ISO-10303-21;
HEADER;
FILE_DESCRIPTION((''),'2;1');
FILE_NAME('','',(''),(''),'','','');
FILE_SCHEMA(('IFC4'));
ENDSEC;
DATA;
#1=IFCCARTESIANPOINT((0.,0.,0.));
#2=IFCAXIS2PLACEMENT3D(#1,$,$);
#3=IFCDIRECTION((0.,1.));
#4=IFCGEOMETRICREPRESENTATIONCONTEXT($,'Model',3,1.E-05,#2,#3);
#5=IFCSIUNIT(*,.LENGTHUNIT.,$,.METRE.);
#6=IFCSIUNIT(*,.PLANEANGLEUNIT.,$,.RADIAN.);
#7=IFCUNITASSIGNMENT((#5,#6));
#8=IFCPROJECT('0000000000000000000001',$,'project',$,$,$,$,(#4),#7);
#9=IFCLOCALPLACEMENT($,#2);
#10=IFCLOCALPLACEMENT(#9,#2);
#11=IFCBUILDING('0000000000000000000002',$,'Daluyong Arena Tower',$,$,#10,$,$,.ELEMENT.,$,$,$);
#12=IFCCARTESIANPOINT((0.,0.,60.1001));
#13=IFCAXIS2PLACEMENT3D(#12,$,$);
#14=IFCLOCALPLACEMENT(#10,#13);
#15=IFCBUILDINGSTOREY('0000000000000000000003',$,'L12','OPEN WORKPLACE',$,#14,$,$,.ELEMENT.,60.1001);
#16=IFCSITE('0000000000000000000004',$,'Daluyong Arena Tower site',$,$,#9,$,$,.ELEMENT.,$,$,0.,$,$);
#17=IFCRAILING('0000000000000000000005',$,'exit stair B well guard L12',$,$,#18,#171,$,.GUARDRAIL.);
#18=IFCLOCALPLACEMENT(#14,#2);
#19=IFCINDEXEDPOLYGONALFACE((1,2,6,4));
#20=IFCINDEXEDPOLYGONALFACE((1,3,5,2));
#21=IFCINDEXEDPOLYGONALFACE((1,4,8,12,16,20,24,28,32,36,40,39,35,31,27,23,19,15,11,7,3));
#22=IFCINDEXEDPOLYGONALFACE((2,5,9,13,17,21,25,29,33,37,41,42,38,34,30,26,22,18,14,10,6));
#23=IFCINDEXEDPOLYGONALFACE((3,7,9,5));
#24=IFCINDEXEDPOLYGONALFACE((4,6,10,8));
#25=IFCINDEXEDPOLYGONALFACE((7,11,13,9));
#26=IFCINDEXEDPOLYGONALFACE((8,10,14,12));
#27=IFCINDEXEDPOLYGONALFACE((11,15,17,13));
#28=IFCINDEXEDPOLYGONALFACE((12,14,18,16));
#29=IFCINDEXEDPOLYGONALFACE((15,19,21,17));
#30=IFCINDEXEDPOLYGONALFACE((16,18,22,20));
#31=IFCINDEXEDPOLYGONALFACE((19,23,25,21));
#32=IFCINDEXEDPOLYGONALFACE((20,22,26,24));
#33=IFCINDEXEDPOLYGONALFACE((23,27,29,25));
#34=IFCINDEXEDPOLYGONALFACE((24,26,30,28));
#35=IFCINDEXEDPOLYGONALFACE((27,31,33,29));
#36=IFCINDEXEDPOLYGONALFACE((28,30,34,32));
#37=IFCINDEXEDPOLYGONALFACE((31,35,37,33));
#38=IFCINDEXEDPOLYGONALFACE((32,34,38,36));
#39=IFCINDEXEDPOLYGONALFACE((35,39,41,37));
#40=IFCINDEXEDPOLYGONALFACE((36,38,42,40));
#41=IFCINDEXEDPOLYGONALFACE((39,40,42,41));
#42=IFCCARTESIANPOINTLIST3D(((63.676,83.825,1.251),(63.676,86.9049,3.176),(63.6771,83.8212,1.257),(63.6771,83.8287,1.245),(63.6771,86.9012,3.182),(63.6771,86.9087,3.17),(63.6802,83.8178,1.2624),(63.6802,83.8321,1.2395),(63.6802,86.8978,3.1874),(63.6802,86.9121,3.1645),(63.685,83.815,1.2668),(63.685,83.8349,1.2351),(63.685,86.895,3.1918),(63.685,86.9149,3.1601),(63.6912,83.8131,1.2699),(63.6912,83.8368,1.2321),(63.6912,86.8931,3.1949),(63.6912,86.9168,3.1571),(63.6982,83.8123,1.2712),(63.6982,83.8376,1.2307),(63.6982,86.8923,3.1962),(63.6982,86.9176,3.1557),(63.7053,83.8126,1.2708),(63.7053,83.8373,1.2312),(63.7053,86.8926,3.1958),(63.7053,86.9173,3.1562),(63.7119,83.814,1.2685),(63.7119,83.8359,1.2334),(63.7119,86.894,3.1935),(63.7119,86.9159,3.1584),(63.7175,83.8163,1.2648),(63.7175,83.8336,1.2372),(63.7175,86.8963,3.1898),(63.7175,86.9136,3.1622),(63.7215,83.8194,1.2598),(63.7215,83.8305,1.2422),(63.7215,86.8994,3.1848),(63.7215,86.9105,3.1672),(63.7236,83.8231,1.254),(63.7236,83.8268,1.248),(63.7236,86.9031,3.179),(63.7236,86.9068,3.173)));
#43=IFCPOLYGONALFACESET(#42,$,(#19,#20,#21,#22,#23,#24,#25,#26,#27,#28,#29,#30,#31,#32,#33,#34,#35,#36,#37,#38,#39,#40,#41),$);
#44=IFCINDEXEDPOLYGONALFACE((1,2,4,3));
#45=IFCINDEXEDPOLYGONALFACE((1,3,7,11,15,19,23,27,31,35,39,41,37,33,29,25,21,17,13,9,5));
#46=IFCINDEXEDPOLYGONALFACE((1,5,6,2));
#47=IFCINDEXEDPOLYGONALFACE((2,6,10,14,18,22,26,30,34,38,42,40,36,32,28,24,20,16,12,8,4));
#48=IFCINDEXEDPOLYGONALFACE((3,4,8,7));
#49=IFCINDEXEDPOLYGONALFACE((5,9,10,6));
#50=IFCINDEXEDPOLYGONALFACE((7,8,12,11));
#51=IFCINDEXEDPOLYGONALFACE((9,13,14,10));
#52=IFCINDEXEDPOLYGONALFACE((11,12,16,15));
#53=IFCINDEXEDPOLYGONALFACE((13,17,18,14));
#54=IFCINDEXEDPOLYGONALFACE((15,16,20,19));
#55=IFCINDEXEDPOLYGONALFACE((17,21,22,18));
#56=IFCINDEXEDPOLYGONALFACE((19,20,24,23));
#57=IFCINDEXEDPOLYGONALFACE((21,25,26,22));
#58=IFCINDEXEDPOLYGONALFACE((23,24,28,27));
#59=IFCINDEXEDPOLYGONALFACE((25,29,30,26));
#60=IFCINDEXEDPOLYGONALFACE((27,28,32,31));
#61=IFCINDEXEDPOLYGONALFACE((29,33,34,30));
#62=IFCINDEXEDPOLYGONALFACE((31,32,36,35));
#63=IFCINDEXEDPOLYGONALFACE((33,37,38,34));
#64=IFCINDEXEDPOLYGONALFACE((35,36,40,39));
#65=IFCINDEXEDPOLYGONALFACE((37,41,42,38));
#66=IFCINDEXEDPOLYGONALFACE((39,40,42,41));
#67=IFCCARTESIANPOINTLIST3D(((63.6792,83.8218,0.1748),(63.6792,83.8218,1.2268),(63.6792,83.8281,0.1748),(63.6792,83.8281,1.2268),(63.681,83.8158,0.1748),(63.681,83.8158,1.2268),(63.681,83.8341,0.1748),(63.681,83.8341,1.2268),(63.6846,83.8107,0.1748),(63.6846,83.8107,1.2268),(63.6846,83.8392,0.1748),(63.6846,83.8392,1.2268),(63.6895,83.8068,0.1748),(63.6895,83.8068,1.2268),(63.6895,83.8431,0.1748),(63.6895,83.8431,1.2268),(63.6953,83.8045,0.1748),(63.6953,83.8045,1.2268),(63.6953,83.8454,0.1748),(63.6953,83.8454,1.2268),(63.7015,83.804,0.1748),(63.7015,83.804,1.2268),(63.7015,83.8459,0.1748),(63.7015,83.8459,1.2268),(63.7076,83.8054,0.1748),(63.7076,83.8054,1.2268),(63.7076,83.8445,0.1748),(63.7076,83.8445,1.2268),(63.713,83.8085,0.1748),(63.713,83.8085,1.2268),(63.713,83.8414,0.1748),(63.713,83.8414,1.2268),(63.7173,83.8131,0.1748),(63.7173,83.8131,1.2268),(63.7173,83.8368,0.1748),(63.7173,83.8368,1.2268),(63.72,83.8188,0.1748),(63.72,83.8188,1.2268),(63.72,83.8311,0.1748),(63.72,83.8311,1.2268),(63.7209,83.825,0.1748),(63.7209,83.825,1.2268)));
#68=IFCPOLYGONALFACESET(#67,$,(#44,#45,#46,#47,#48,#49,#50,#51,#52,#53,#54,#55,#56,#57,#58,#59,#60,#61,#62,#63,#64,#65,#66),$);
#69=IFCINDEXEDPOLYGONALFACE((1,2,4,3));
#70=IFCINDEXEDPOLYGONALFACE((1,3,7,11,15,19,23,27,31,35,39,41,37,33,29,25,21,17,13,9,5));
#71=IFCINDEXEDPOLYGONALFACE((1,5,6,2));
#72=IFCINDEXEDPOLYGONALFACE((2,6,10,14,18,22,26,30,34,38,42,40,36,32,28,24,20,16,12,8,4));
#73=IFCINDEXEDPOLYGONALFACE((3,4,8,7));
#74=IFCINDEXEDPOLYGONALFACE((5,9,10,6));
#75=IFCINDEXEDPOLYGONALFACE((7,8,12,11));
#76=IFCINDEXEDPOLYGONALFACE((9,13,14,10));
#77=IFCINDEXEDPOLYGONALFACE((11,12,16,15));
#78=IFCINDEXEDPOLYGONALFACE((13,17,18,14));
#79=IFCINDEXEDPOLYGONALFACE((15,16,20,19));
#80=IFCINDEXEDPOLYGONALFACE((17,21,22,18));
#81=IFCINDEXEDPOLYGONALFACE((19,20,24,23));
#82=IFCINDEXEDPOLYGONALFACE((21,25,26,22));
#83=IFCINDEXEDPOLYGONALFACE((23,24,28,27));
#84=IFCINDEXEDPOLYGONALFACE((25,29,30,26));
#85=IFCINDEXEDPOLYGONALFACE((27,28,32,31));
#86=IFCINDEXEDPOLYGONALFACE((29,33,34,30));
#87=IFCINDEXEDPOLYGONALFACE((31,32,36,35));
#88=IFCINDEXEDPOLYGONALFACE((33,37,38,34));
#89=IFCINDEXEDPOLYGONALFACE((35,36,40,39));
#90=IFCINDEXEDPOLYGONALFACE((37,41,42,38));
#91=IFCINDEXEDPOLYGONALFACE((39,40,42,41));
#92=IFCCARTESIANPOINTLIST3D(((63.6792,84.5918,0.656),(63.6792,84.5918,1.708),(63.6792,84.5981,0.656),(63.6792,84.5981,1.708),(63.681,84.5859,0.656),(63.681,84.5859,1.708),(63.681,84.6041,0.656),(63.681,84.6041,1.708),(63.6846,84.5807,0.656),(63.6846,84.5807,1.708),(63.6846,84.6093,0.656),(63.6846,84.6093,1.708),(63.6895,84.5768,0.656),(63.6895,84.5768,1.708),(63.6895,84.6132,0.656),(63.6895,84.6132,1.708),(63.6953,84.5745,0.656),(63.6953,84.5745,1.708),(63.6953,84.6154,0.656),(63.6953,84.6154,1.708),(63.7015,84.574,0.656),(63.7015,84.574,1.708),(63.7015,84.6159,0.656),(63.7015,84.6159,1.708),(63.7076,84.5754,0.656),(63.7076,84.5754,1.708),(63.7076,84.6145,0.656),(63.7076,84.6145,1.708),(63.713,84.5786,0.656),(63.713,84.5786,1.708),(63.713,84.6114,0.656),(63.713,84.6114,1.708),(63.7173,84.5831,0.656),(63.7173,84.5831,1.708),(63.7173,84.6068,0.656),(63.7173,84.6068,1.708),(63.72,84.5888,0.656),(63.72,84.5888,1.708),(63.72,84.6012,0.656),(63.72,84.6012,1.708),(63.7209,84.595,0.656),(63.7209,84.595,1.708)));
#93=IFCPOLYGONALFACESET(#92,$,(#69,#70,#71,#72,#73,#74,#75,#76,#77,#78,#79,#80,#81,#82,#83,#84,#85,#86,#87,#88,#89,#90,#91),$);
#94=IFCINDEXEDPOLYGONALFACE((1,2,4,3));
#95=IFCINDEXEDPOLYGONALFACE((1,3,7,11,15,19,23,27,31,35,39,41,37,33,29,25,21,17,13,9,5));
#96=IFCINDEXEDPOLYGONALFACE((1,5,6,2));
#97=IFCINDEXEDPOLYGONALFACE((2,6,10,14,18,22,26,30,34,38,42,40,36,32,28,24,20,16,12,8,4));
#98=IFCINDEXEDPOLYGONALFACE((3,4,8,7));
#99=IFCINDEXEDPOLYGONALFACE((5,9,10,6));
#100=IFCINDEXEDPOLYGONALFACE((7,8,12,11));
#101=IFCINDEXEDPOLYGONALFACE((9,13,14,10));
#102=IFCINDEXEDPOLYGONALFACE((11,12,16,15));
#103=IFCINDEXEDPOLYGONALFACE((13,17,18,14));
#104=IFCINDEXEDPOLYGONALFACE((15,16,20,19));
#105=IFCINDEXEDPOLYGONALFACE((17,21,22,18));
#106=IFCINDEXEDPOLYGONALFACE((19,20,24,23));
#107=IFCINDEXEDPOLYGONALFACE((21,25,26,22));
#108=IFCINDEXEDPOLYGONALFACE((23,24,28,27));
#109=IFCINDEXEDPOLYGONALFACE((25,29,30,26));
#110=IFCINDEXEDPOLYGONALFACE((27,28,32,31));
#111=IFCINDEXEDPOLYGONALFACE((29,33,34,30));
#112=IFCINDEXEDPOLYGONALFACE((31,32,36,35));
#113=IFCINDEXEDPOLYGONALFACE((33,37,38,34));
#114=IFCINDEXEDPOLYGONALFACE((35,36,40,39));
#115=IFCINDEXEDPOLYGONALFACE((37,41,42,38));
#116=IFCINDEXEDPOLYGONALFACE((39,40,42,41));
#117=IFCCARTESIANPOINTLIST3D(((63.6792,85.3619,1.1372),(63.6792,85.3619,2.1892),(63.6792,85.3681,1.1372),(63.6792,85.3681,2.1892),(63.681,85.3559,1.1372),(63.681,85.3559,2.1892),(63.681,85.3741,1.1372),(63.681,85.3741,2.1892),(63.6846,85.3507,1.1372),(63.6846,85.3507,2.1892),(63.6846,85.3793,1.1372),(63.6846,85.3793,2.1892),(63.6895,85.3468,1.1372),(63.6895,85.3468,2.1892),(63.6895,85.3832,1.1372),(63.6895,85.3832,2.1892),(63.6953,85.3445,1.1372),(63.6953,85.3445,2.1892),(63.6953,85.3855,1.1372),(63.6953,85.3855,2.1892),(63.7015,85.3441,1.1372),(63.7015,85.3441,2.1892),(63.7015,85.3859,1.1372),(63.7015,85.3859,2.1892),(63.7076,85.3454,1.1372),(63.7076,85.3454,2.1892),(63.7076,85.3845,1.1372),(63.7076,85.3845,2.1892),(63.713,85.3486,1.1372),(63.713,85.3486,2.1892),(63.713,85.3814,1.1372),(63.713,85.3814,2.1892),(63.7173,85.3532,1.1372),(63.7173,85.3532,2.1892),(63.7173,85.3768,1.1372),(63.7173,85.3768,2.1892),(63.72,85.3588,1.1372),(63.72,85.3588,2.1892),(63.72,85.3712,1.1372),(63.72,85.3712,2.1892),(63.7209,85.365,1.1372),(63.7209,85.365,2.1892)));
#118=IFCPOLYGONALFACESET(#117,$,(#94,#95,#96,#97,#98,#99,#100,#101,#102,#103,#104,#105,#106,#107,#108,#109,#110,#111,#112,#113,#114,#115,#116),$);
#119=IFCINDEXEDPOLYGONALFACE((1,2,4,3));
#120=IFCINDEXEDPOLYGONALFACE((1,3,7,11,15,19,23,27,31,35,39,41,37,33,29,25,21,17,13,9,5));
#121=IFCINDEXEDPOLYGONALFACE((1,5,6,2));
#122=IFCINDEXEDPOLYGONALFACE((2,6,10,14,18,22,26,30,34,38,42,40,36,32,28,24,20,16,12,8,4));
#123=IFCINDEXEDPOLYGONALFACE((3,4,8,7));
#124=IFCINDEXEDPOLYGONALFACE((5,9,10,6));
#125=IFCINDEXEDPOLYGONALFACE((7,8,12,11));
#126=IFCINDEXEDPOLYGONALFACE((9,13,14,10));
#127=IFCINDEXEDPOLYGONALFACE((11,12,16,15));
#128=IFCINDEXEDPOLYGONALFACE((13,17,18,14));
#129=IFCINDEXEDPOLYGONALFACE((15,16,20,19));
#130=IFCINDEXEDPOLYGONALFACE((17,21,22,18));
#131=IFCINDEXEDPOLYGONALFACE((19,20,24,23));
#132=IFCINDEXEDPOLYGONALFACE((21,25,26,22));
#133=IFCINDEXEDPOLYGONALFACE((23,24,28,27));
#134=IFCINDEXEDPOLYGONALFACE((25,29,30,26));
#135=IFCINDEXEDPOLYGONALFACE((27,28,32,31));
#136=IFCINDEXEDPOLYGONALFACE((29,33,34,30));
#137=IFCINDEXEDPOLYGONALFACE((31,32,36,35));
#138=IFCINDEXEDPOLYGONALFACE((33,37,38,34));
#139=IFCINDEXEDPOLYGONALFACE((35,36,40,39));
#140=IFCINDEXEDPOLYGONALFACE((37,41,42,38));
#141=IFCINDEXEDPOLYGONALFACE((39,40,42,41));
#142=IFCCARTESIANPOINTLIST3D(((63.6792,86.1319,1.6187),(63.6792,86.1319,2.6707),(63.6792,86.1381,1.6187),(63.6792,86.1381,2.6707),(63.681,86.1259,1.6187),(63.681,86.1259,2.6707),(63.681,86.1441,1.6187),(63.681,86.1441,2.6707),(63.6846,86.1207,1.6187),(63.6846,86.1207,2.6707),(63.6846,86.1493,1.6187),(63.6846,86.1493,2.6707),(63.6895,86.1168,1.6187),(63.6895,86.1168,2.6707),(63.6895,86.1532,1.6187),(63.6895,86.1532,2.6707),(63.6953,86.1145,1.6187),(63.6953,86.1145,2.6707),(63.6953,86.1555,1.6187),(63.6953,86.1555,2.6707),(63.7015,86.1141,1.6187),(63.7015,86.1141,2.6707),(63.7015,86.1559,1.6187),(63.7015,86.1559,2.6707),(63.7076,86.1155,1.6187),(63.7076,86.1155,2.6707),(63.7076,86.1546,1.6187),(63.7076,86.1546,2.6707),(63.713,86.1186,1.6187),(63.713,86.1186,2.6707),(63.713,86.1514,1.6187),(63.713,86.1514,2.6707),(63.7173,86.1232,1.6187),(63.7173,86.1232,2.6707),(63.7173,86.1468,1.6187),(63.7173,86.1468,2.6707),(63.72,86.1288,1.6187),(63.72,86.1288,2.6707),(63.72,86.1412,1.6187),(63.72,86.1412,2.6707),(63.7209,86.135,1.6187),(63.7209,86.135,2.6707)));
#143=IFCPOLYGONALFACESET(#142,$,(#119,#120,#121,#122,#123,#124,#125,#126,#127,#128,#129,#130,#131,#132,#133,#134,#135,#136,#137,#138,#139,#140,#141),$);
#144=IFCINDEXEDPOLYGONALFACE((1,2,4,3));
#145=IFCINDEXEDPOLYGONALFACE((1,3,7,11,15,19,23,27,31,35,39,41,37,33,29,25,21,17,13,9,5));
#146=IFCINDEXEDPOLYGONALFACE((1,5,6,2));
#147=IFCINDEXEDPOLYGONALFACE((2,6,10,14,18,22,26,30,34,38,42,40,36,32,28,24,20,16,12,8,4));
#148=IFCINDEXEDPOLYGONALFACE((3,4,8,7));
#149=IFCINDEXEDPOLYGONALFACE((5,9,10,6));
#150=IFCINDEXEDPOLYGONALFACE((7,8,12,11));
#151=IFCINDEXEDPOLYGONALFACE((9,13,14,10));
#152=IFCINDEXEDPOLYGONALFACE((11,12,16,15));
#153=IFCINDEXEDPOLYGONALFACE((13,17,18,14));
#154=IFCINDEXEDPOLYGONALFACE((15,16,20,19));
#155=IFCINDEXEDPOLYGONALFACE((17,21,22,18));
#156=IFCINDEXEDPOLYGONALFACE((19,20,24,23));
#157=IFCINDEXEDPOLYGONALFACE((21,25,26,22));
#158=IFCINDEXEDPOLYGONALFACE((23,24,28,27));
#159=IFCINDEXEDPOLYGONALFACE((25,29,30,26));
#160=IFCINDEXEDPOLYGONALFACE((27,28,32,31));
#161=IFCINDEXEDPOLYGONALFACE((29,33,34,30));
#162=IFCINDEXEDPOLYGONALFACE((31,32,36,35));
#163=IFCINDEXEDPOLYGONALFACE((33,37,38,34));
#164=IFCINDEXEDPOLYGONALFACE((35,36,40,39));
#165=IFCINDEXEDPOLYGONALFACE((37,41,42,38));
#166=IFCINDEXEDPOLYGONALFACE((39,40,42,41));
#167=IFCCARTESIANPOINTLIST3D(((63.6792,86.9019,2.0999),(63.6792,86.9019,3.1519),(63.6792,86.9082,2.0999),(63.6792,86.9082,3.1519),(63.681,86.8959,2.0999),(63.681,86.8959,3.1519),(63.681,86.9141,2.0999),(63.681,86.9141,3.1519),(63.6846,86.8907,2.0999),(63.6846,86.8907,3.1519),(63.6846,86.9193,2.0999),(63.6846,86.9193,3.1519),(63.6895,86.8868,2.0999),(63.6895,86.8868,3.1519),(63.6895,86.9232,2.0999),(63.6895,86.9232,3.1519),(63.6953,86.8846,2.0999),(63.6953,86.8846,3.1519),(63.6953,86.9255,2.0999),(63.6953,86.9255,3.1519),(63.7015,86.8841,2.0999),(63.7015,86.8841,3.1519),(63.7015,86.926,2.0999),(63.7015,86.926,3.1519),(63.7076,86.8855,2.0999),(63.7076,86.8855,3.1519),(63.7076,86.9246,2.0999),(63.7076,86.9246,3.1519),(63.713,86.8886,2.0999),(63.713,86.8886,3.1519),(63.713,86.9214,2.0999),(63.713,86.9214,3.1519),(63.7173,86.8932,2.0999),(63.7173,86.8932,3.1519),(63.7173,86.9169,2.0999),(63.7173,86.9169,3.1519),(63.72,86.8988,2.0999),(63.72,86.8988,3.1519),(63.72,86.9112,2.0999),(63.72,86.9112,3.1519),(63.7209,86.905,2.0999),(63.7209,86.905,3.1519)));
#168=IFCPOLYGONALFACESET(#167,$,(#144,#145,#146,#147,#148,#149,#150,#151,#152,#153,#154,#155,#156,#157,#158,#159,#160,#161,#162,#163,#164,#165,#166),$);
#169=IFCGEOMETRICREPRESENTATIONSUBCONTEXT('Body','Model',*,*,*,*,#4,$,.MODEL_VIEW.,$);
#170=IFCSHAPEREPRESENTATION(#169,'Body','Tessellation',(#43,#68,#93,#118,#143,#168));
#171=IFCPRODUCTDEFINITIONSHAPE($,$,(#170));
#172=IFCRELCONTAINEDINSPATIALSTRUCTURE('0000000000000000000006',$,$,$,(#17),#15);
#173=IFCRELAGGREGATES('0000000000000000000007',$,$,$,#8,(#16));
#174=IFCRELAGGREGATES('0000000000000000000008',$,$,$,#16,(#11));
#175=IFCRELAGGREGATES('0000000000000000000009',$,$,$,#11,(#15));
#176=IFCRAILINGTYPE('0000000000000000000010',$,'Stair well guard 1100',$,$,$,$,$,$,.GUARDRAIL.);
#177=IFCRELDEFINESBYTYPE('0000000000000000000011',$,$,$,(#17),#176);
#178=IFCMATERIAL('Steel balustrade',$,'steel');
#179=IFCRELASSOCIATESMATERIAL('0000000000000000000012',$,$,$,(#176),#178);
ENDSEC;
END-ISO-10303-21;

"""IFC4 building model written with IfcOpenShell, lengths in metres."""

from ifc_helpers import new_model, si_unit, direction, frame, origin, origin_2d, place, context, subcontext, project, spatial, circle, extrude, material, type_object, element, save


model = new_model("IFC4")

# Units and contexts
model_context = context("Model", 3, precision=1e-05, world=origin(), true_north=direction((0.0, 1.0)))
body_context = subcontext(model_context, "Body", "Model", "MODEL_VIEW")
ifc_project = project(units=[si_unit("LENGTHUNIT", "METRE"), si_unit("PLANEANGLEUNIT", "RADIAN")], contexts=[model_context])

# Site, building, storey
site_placement = place(None, origin())
site = spatial("IfcSite", under=ifc_project, at=site_placement, Name="Daluyong Arena Tower site", CompositionType="ELEMENT", RefElevation=0.0)
building_placement = place(site_placement, origin())
building = spatial("IfcBuilding", under=site, at=building_placement, Name="Daluyong Arena Tower", CompositionType="ELEMENT")
storey_placement = place(building_placement, frame((0.0, 0.0, 60.1001)))
storey = spatial("IfcBuildingStorey", under=building, at=storey_placement, Name="L12", Description="OPEN WORKPLACE", CompositionType="ELEMENT", Elevation=60.1001)

# Railing
ifc_material_1 = material(Name="Steel balustrade", Category="steel")
railing_type_1 = type_object("IfcRailingType", Name="Stair well guard 1100", PredefinedType="GUARDRAIL", material=ifc_material_1)
railing_1_placement = place(storey_placement, frame((63.7, 83.825, 0.1748)))
element("IfcRailing", 1, at=railing_1_placement, inside=storey, type_object=railing_type_1, Name="exit stair B well guard L12", PredefinedType="GUARDRAIL", context=body_context, shape_type="SweptSolid", body=[
    extrude(circle(Radius=0.0239, at=origin_2d()), frame((0.0, 0.0, 1.0762), z_axis=(0.0, 0.847998, 0.529999), x_axis=(-1.0, 0.0, 0.0)), (0.0, 0.0, 1.0), 3.6321),
    extrude(circle(Radius=0.021, at=origin_2d()), origin(), (0.0, 0.0, 1.0), 1.052),
    extrude(circle(Radius=0.021, at=origin_2d()), frame((0.0, 0.77, 0.4812)), (0.0, 0.0, 1.0), 1.052),
    extrude(circle(Radius=0.021, at=origin_2d()), frame((0.0, 1.54, 0.9624)), (0.0, 0.0, 1.0), 1.052),
    extrude(circle(Radius=0.021, at=origin_2d()), frame((0.0, 2.3101, 1.4438)), (0.0, 0.0, 1.0), 1.052),
    extrude(circle(Radius=0.021, at=origin_2d()), frame((0.0, 3.0801, 1.925)), (0.0, 0.0, 1.0), 1.052),
])

save(model, "model.ifc")
